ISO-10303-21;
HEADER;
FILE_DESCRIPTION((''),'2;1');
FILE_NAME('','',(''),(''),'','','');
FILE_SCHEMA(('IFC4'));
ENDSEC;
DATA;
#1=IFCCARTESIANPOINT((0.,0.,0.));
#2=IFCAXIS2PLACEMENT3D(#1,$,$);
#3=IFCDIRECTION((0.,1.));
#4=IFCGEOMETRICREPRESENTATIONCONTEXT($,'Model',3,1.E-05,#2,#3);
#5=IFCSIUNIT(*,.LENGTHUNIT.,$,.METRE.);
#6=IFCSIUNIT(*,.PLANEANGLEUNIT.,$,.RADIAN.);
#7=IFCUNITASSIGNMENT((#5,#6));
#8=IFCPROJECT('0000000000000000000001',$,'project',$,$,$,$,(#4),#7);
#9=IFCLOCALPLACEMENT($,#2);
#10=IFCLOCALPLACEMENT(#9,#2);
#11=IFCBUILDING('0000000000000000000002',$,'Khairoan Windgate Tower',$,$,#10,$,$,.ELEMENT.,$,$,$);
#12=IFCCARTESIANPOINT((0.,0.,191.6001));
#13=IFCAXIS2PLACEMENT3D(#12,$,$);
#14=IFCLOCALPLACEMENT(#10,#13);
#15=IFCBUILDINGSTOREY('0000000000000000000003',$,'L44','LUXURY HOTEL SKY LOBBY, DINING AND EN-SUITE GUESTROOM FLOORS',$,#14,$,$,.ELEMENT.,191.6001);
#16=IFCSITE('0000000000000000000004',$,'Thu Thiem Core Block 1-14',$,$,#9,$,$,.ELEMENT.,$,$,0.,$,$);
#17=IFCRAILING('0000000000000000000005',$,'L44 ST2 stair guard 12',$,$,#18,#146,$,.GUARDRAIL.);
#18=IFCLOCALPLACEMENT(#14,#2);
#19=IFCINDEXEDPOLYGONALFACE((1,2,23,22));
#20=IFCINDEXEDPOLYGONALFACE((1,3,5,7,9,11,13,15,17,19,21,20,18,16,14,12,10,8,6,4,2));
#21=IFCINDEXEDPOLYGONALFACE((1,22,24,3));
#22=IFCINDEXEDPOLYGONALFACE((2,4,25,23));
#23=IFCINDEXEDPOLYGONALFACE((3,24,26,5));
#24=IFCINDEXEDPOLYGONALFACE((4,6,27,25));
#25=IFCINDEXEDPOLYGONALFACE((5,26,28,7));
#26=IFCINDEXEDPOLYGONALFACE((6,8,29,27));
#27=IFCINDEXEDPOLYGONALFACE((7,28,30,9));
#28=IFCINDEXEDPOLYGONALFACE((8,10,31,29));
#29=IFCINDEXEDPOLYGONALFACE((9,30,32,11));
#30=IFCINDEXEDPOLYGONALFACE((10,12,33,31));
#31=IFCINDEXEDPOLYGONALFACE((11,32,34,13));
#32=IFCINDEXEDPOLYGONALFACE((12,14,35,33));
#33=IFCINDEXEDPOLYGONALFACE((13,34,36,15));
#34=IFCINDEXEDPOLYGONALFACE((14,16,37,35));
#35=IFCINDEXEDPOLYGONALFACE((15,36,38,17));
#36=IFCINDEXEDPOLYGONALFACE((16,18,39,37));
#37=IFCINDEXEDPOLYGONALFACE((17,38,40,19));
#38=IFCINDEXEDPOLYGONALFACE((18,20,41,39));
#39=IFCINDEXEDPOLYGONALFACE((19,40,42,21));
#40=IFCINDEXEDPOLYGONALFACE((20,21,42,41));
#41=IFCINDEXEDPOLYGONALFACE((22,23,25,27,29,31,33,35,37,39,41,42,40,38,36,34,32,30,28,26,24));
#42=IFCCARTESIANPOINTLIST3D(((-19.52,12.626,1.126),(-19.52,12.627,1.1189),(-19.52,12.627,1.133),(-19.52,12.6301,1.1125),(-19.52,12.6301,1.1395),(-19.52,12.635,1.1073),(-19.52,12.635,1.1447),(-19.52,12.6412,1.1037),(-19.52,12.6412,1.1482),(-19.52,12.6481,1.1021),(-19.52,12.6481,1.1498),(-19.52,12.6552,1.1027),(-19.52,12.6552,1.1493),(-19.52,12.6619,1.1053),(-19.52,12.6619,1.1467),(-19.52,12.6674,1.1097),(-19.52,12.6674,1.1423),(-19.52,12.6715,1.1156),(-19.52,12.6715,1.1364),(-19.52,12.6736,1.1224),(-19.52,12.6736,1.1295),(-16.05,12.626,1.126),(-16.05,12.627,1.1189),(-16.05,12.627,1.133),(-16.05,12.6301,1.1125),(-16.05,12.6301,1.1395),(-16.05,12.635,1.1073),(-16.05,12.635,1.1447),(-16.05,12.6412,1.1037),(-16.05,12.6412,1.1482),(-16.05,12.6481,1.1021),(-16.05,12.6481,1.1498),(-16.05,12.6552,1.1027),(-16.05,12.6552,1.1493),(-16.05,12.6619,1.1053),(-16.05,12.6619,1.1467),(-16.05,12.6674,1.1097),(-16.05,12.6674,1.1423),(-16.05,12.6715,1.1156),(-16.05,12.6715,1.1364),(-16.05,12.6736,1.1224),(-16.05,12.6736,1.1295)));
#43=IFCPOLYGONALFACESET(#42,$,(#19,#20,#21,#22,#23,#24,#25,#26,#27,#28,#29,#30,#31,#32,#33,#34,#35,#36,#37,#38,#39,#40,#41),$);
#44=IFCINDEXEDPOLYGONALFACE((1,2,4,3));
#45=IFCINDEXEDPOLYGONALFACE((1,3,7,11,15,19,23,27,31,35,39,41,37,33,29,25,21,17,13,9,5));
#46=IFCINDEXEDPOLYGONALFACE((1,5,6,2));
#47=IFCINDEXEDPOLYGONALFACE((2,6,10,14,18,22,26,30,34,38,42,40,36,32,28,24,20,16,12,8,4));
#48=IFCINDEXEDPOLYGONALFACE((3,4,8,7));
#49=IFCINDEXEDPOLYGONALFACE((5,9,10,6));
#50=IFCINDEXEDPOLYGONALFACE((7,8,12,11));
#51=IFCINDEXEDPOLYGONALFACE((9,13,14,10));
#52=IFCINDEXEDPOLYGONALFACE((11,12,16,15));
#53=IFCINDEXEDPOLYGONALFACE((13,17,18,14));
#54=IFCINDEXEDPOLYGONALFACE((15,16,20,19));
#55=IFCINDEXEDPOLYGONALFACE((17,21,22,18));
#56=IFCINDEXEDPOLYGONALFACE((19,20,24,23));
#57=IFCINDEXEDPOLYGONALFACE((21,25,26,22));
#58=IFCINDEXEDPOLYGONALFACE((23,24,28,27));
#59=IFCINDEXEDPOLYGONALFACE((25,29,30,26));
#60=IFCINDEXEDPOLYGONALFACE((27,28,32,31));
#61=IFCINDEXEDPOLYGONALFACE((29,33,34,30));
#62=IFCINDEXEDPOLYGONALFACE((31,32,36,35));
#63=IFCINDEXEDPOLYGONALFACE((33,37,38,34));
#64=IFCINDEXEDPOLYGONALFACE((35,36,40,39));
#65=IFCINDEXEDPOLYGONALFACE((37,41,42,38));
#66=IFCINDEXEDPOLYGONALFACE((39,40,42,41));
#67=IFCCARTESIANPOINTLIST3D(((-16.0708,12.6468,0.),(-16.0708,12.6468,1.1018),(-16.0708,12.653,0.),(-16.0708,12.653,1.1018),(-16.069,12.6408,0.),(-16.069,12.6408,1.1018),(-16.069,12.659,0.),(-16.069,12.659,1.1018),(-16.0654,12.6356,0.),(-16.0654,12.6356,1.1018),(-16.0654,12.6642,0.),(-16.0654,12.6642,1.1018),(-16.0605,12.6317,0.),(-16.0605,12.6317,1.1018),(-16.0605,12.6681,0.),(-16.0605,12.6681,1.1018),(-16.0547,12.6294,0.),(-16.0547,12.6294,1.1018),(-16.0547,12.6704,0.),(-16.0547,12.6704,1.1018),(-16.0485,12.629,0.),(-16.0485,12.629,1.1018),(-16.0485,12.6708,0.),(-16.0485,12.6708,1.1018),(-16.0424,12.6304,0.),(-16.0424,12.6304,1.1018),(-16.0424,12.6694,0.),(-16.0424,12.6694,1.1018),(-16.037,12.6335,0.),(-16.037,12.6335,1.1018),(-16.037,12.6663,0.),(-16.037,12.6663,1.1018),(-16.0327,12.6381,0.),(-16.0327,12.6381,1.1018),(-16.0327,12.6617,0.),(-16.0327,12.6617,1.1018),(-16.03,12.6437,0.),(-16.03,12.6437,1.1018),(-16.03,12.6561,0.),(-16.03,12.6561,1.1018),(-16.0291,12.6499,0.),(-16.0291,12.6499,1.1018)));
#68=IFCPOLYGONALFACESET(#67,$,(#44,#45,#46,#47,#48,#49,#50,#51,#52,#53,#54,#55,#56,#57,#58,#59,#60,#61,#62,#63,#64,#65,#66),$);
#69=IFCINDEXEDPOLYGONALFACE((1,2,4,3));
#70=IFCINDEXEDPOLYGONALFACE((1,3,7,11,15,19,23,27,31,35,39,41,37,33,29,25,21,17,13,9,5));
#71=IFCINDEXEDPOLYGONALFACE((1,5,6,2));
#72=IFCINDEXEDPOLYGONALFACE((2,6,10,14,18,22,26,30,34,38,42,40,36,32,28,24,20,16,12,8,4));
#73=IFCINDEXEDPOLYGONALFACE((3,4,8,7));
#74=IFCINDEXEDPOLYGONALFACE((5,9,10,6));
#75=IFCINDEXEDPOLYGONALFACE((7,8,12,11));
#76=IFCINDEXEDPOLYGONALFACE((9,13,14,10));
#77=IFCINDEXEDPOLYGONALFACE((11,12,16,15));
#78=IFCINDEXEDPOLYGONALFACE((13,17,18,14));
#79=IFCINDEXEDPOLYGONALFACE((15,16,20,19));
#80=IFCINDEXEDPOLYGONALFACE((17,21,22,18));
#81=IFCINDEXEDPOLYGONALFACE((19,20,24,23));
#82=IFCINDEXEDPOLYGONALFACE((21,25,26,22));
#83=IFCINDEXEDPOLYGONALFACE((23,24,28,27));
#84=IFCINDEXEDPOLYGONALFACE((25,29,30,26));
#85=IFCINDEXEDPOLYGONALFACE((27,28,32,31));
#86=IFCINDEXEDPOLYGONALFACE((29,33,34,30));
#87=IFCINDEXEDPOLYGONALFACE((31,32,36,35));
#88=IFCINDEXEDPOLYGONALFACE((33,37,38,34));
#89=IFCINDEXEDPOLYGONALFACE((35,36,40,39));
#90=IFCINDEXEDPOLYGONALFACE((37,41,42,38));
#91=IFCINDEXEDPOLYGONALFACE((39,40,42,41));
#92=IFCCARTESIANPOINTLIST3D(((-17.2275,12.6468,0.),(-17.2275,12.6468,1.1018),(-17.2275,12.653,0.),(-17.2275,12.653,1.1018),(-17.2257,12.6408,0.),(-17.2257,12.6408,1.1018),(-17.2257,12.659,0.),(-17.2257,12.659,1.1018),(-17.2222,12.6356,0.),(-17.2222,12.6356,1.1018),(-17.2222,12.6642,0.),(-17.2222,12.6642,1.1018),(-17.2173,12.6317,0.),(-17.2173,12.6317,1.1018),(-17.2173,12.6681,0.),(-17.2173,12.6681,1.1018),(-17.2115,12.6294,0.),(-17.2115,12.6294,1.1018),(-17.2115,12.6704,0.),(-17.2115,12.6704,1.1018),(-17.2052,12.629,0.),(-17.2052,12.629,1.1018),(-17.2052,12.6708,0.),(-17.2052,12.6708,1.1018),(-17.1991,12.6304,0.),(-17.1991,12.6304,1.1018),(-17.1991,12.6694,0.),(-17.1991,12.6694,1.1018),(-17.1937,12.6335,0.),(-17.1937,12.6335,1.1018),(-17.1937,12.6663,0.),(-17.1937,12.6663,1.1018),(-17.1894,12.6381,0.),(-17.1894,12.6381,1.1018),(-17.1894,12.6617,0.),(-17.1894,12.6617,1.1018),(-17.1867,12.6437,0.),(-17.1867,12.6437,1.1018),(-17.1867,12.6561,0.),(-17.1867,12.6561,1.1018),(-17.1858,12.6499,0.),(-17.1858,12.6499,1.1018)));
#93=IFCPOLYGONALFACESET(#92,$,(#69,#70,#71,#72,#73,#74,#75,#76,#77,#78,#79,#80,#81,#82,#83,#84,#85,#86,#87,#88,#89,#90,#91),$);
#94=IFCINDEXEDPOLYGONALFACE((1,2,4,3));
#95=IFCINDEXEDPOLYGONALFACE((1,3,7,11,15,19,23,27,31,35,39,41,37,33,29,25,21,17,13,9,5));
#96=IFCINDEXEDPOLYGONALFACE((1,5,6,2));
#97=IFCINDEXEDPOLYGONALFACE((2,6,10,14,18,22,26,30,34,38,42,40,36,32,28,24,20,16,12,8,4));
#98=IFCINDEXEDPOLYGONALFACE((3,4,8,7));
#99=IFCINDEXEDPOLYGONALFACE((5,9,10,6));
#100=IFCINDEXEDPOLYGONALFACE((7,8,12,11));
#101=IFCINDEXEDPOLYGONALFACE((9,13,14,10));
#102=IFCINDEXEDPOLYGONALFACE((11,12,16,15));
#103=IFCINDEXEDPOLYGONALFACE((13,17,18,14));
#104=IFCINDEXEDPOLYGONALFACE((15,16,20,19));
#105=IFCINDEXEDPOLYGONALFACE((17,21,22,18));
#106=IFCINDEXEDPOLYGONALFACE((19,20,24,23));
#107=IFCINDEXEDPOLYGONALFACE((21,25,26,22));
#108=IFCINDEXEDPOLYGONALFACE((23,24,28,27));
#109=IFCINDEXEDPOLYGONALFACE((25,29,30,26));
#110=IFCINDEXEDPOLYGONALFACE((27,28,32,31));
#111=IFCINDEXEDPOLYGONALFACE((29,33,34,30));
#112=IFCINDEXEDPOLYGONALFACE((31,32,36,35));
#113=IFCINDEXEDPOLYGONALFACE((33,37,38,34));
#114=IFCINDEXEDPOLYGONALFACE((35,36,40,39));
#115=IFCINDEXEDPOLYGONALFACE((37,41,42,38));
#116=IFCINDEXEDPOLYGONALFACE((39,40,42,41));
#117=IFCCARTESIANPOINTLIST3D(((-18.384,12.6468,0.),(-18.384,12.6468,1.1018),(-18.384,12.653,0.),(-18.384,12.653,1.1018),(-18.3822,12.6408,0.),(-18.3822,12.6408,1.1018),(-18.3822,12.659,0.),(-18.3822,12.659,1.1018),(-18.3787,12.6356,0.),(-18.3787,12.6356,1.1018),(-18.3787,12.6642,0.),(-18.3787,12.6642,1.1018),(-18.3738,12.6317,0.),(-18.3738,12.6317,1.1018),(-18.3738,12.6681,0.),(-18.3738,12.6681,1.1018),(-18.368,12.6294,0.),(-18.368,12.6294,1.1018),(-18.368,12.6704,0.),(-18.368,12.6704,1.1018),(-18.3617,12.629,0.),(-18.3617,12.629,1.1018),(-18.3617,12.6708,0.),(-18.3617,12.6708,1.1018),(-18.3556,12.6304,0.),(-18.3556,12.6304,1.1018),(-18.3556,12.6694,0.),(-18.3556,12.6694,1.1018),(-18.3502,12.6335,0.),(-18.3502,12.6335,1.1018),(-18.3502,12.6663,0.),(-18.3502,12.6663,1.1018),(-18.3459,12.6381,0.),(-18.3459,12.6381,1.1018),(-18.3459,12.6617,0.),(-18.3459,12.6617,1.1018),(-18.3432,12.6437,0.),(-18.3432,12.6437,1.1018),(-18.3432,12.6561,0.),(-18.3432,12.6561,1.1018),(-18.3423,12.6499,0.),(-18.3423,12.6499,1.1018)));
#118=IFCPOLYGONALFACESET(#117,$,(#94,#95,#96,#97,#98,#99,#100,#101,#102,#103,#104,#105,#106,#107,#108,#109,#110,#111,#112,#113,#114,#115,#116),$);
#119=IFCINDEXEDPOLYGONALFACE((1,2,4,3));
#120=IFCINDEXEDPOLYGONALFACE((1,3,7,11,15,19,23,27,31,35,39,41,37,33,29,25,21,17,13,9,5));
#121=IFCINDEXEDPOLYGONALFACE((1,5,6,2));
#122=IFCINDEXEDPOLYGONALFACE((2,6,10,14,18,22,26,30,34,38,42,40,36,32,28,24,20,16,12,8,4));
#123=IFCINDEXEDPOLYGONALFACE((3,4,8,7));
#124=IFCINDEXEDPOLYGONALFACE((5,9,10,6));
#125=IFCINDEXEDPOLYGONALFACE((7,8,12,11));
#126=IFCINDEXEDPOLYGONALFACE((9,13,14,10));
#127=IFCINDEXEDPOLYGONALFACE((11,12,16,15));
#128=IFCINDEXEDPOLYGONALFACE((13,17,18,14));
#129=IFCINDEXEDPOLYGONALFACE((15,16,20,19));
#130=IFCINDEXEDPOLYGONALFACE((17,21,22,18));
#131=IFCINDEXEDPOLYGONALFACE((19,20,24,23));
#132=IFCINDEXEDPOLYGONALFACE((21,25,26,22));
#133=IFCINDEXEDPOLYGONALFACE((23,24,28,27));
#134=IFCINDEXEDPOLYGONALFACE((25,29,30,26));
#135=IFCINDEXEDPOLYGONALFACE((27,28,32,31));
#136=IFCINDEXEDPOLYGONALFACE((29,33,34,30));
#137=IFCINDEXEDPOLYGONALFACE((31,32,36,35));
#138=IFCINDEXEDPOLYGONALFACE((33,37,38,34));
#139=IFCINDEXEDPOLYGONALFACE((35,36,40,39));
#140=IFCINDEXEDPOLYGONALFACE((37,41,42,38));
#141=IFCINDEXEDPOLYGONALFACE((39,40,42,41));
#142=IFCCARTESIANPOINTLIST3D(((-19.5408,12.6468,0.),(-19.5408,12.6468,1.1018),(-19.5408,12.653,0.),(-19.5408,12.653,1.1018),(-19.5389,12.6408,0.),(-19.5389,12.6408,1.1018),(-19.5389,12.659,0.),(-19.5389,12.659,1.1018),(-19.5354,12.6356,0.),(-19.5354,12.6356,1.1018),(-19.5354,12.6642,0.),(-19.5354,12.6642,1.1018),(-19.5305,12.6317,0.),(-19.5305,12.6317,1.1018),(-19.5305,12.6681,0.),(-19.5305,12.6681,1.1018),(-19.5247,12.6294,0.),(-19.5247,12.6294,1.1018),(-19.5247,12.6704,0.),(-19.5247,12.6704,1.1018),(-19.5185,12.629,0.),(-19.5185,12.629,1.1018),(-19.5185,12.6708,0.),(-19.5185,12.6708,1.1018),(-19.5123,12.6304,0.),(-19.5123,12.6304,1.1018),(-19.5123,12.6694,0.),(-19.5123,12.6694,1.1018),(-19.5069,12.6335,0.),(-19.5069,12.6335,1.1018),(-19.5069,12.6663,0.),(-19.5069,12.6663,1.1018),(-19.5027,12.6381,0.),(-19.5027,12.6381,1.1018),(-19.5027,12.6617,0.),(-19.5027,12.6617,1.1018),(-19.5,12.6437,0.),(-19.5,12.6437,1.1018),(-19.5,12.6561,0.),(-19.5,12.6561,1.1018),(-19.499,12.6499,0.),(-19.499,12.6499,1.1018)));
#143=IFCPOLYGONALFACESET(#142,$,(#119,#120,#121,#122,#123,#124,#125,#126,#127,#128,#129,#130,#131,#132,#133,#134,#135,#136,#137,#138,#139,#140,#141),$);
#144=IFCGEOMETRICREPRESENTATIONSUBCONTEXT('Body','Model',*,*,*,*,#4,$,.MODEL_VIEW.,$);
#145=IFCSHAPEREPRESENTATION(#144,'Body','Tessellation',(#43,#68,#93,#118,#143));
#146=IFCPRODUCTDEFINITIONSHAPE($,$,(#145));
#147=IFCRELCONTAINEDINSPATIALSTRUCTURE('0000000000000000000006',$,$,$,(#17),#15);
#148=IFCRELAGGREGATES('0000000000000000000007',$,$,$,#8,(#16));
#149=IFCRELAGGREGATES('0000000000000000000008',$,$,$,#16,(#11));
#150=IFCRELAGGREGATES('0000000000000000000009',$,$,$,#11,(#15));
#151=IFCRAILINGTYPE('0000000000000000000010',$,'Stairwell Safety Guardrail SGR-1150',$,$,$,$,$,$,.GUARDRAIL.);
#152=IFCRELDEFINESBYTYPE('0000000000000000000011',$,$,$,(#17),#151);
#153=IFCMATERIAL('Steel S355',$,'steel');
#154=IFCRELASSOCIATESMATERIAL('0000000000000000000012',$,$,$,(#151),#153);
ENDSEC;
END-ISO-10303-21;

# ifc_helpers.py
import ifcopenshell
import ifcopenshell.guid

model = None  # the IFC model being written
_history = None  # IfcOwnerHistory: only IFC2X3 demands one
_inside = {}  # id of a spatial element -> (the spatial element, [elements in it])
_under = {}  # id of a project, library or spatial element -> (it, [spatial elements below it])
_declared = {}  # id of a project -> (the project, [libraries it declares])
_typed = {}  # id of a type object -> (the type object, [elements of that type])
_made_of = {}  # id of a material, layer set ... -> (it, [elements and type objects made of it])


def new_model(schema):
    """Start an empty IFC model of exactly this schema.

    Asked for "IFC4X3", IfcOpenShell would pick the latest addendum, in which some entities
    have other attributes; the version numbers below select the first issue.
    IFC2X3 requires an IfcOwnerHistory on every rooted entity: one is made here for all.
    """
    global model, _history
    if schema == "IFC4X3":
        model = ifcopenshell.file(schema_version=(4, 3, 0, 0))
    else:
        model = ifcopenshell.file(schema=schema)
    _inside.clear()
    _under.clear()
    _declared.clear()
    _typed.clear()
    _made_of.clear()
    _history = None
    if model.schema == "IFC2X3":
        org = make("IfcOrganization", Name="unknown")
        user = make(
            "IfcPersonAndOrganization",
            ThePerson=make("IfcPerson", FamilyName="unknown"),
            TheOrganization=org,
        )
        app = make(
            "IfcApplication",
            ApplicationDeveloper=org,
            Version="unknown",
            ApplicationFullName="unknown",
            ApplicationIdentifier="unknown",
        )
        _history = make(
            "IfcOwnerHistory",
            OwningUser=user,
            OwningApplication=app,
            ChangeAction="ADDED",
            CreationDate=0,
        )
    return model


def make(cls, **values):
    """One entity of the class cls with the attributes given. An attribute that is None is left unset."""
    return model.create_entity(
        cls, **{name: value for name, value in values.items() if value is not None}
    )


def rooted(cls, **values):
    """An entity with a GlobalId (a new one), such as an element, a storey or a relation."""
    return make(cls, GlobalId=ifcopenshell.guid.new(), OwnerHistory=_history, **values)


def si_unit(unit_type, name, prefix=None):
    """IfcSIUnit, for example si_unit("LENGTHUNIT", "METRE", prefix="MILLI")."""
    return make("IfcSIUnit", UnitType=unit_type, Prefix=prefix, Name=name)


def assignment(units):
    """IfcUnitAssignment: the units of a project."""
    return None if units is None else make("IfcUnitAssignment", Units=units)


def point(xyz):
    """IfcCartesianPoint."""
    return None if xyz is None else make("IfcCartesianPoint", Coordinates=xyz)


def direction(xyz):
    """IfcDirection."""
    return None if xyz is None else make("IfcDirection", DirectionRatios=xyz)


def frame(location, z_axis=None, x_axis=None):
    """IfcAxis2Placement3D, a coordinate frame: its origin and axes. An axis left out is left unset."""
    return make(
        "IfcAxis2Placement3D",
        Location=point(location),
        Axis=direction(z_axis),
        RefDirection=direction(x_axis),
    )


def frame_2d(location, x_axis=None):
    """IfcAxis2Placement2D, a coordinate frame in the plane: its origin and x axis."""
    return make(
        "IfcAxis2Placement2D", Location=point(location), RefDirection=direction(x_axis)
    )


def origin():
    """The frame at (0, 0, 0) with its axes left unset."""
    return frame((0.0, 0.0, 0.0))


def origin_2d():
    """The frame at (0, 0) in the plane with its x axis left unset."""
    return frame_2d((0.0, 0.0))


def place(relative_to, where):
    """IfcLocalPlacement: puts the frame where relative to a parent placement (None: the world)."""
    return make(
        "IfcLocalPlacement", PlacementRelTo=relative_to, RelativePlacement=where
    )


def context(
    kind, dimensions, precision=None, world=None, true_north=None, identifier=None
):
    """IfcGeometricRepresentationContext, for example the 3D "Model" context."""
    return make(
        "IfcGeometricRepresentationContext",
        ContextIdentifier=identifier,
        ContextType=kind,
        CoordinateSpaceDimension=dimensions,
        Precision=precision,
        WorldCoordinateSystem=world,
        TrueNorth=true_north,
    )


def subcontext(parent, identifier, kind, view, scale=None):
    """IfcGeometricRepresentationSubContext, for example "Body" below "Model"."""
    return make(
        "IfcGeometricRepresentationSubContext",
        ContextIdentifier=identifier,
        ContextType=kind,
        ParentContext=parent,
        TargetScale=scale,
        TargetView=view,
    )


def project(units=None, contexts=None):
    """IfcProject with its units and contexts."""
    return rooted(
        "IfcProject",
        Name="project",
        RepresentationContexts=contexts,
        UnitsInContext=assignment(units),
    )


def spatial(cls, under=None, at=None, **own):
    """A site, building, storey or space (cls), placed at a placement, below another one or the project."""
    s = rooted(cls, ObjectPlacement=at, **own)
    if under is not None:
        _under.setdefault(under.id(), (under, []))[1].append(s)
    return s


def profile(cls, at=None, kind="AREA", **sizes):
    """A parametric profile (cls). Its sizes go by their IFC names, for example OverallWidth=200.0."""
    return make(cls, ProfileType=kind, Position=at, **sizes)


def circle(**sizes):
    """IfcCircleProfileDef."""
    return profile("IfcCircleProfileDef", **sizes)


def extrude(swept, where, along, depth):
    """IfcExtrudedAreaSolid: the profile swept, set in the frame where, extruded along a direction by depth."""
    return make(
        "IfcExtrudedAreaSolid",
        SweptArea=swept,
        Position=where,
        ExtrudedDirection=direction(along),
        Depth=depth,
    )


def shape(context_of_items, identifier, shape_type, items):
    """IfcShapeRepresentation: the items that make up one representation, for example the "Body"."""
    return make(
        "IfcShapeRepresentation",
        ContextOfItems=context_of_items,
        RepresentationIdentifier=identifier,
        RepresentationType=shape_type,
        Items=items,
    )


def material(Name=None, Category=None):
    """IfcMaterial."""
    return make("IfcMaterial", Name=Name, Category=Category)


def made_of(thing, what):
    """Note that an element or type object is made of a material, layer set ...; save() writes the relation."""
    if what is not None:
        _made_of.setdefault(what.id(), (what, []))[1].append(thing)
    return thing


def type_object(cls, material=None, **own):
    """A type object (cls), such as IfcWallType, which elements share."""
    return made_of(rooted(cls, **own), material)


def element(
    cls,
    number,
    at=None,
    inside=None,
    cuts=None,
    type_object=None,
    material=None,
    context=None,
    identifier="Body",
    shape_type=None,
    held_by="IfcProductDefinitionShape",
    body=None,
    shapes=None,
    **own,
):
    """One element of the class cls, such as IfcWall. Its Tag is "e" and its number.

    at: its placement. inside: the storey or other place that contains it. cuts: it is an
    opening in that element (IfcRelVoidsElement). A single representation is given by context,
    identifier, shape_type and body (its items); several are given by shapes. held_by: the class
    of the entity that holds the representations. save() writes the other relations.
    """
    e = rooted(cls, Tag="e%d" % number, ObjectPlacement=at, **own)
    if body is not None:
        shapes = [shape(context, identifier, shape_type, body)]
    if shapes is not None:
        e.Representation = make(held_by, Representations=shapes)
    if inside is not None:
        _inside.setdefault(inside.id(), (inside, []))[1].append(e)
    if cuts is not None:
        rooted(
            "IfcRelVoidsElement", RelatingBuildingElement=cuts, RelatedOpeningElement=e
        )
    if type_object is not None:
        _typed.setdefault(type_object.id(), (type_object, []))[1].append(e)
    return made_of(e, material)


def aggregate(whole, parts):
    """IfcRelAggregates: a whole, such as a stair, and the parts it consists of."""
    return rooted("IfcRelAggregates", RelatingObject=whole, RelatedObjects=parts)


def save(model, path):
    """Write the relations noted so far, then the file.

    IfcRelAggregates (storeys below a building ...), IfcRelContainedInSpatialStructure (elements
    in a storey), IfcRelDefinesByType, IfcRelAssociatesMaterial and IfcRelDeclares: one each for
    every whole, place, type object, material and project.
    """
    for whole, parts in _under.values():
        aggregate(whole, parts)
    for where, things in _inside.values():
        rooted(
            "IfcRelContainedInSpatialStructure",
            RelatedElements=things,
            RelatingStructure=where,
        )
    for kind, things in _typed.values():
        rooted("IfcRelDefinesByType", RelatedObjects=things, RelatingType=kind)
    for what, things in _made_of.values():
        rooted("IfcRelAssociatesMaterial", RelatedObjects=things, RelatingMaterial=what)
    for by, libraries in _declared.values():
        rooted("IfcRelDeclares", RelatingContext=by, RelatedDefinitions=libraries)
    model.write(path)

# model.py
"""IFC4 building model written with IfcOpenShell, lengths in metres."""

from ifc_helpers import new_model, si_unit, direction, frame, origin, origin_2d, place, context, subcontext, project, spatial, circle, extrude, material, type_object, element, save


model = new_model("IFC4")

# Units and contexts
model_context = context("Model", 3, precision=1e-05, world=origin(), true_north=direction((0.0, 1.0)))
body_context = subcontext(model_context, "Body", "Model", "MODEL_VIEW")
ifc_project = project(units=[si_unit("LENGTHUNIT", "METRE"), si_unit("PLANEANGLEUNIT", "RADIAN")], contexts=[model_context])

# Site, building, storey
site_placement = place(None, origin())
site = spatial("IfcSite", under=ifc_project, at=site_placement, Name="Thu Thiem Core Block 1-14", CompositionType="ELEMENT", RefElevation=0.0)
building_placement = place(site_placement, origin())
building = spatial("IfcBuilding", under=site, at=building_placement, Name="Khairoan Windgate Tower", CompositionType="ELEMENT")
storey_placement = place(building_placement, frame((0.0, 0.0, 191.6001)))
storey = spatial("IfcBuildingStorey", under=building, at=storey_placement, Name="L44", Description="LUXURY HOTEL SKY LOBBY, DINING AND EN-SUITE GUESTROOM FLOORS", CompositionType="ELEMENT", Elevation=191.6001)

# Railing
ifc_material_1 = material(Name="Steel S355", Category="steel")
railing_type = type_object("IfcRailingType", Name="Stairwell Safety Guardrail SGR-1150", PredefinedType="GUARDRAIL", material=ifc_material_1)
railing_1_placement = place(storey_placement, frame((-16.05, 12.6499, 0.0)))
element("IfcRailing", 1, at=railing_1_placement, inside=storey, type_object=railing_type, Name="L44 ST2 stair guard 12", PredefinedType="GUARDRAIL", context=body_context, shape_type="SweptSolid", body=[
    extrude(circle(Radius=0.0239, at=origin_2d()), frame((0.0, 0.0, 1.126), z_axis=(-1.0, 0.0, 0.0), x_axis=(0.0, -1.0, 0.0)), (0.0, 0.0, 1.0), 3.47),
    extrude(circle(Radius=0.021, at=origin_2d()), origin(), (0.0, 0.0, 1.0), 1.1018),
    extrude(circle(Radius=0.021, at=origin_2d()), frame((-1.1567, 0.0, 0.0)), (0.0, 0.0, 1.0), 1.1018),
    extrude(circle(Radius=0.021, at=origin_2d()), frame((-2.3132, 0.0, 0.0)), (0.0, 0.0, 1.0), 1.1018),
    extrude(circle(Radius=0.021, at=origin_2d()), frame((-3.47, 0.0, 0.0)), (0.0, 0.0, 1.0), 1.1018),
])

save(model, "model.ifc")
